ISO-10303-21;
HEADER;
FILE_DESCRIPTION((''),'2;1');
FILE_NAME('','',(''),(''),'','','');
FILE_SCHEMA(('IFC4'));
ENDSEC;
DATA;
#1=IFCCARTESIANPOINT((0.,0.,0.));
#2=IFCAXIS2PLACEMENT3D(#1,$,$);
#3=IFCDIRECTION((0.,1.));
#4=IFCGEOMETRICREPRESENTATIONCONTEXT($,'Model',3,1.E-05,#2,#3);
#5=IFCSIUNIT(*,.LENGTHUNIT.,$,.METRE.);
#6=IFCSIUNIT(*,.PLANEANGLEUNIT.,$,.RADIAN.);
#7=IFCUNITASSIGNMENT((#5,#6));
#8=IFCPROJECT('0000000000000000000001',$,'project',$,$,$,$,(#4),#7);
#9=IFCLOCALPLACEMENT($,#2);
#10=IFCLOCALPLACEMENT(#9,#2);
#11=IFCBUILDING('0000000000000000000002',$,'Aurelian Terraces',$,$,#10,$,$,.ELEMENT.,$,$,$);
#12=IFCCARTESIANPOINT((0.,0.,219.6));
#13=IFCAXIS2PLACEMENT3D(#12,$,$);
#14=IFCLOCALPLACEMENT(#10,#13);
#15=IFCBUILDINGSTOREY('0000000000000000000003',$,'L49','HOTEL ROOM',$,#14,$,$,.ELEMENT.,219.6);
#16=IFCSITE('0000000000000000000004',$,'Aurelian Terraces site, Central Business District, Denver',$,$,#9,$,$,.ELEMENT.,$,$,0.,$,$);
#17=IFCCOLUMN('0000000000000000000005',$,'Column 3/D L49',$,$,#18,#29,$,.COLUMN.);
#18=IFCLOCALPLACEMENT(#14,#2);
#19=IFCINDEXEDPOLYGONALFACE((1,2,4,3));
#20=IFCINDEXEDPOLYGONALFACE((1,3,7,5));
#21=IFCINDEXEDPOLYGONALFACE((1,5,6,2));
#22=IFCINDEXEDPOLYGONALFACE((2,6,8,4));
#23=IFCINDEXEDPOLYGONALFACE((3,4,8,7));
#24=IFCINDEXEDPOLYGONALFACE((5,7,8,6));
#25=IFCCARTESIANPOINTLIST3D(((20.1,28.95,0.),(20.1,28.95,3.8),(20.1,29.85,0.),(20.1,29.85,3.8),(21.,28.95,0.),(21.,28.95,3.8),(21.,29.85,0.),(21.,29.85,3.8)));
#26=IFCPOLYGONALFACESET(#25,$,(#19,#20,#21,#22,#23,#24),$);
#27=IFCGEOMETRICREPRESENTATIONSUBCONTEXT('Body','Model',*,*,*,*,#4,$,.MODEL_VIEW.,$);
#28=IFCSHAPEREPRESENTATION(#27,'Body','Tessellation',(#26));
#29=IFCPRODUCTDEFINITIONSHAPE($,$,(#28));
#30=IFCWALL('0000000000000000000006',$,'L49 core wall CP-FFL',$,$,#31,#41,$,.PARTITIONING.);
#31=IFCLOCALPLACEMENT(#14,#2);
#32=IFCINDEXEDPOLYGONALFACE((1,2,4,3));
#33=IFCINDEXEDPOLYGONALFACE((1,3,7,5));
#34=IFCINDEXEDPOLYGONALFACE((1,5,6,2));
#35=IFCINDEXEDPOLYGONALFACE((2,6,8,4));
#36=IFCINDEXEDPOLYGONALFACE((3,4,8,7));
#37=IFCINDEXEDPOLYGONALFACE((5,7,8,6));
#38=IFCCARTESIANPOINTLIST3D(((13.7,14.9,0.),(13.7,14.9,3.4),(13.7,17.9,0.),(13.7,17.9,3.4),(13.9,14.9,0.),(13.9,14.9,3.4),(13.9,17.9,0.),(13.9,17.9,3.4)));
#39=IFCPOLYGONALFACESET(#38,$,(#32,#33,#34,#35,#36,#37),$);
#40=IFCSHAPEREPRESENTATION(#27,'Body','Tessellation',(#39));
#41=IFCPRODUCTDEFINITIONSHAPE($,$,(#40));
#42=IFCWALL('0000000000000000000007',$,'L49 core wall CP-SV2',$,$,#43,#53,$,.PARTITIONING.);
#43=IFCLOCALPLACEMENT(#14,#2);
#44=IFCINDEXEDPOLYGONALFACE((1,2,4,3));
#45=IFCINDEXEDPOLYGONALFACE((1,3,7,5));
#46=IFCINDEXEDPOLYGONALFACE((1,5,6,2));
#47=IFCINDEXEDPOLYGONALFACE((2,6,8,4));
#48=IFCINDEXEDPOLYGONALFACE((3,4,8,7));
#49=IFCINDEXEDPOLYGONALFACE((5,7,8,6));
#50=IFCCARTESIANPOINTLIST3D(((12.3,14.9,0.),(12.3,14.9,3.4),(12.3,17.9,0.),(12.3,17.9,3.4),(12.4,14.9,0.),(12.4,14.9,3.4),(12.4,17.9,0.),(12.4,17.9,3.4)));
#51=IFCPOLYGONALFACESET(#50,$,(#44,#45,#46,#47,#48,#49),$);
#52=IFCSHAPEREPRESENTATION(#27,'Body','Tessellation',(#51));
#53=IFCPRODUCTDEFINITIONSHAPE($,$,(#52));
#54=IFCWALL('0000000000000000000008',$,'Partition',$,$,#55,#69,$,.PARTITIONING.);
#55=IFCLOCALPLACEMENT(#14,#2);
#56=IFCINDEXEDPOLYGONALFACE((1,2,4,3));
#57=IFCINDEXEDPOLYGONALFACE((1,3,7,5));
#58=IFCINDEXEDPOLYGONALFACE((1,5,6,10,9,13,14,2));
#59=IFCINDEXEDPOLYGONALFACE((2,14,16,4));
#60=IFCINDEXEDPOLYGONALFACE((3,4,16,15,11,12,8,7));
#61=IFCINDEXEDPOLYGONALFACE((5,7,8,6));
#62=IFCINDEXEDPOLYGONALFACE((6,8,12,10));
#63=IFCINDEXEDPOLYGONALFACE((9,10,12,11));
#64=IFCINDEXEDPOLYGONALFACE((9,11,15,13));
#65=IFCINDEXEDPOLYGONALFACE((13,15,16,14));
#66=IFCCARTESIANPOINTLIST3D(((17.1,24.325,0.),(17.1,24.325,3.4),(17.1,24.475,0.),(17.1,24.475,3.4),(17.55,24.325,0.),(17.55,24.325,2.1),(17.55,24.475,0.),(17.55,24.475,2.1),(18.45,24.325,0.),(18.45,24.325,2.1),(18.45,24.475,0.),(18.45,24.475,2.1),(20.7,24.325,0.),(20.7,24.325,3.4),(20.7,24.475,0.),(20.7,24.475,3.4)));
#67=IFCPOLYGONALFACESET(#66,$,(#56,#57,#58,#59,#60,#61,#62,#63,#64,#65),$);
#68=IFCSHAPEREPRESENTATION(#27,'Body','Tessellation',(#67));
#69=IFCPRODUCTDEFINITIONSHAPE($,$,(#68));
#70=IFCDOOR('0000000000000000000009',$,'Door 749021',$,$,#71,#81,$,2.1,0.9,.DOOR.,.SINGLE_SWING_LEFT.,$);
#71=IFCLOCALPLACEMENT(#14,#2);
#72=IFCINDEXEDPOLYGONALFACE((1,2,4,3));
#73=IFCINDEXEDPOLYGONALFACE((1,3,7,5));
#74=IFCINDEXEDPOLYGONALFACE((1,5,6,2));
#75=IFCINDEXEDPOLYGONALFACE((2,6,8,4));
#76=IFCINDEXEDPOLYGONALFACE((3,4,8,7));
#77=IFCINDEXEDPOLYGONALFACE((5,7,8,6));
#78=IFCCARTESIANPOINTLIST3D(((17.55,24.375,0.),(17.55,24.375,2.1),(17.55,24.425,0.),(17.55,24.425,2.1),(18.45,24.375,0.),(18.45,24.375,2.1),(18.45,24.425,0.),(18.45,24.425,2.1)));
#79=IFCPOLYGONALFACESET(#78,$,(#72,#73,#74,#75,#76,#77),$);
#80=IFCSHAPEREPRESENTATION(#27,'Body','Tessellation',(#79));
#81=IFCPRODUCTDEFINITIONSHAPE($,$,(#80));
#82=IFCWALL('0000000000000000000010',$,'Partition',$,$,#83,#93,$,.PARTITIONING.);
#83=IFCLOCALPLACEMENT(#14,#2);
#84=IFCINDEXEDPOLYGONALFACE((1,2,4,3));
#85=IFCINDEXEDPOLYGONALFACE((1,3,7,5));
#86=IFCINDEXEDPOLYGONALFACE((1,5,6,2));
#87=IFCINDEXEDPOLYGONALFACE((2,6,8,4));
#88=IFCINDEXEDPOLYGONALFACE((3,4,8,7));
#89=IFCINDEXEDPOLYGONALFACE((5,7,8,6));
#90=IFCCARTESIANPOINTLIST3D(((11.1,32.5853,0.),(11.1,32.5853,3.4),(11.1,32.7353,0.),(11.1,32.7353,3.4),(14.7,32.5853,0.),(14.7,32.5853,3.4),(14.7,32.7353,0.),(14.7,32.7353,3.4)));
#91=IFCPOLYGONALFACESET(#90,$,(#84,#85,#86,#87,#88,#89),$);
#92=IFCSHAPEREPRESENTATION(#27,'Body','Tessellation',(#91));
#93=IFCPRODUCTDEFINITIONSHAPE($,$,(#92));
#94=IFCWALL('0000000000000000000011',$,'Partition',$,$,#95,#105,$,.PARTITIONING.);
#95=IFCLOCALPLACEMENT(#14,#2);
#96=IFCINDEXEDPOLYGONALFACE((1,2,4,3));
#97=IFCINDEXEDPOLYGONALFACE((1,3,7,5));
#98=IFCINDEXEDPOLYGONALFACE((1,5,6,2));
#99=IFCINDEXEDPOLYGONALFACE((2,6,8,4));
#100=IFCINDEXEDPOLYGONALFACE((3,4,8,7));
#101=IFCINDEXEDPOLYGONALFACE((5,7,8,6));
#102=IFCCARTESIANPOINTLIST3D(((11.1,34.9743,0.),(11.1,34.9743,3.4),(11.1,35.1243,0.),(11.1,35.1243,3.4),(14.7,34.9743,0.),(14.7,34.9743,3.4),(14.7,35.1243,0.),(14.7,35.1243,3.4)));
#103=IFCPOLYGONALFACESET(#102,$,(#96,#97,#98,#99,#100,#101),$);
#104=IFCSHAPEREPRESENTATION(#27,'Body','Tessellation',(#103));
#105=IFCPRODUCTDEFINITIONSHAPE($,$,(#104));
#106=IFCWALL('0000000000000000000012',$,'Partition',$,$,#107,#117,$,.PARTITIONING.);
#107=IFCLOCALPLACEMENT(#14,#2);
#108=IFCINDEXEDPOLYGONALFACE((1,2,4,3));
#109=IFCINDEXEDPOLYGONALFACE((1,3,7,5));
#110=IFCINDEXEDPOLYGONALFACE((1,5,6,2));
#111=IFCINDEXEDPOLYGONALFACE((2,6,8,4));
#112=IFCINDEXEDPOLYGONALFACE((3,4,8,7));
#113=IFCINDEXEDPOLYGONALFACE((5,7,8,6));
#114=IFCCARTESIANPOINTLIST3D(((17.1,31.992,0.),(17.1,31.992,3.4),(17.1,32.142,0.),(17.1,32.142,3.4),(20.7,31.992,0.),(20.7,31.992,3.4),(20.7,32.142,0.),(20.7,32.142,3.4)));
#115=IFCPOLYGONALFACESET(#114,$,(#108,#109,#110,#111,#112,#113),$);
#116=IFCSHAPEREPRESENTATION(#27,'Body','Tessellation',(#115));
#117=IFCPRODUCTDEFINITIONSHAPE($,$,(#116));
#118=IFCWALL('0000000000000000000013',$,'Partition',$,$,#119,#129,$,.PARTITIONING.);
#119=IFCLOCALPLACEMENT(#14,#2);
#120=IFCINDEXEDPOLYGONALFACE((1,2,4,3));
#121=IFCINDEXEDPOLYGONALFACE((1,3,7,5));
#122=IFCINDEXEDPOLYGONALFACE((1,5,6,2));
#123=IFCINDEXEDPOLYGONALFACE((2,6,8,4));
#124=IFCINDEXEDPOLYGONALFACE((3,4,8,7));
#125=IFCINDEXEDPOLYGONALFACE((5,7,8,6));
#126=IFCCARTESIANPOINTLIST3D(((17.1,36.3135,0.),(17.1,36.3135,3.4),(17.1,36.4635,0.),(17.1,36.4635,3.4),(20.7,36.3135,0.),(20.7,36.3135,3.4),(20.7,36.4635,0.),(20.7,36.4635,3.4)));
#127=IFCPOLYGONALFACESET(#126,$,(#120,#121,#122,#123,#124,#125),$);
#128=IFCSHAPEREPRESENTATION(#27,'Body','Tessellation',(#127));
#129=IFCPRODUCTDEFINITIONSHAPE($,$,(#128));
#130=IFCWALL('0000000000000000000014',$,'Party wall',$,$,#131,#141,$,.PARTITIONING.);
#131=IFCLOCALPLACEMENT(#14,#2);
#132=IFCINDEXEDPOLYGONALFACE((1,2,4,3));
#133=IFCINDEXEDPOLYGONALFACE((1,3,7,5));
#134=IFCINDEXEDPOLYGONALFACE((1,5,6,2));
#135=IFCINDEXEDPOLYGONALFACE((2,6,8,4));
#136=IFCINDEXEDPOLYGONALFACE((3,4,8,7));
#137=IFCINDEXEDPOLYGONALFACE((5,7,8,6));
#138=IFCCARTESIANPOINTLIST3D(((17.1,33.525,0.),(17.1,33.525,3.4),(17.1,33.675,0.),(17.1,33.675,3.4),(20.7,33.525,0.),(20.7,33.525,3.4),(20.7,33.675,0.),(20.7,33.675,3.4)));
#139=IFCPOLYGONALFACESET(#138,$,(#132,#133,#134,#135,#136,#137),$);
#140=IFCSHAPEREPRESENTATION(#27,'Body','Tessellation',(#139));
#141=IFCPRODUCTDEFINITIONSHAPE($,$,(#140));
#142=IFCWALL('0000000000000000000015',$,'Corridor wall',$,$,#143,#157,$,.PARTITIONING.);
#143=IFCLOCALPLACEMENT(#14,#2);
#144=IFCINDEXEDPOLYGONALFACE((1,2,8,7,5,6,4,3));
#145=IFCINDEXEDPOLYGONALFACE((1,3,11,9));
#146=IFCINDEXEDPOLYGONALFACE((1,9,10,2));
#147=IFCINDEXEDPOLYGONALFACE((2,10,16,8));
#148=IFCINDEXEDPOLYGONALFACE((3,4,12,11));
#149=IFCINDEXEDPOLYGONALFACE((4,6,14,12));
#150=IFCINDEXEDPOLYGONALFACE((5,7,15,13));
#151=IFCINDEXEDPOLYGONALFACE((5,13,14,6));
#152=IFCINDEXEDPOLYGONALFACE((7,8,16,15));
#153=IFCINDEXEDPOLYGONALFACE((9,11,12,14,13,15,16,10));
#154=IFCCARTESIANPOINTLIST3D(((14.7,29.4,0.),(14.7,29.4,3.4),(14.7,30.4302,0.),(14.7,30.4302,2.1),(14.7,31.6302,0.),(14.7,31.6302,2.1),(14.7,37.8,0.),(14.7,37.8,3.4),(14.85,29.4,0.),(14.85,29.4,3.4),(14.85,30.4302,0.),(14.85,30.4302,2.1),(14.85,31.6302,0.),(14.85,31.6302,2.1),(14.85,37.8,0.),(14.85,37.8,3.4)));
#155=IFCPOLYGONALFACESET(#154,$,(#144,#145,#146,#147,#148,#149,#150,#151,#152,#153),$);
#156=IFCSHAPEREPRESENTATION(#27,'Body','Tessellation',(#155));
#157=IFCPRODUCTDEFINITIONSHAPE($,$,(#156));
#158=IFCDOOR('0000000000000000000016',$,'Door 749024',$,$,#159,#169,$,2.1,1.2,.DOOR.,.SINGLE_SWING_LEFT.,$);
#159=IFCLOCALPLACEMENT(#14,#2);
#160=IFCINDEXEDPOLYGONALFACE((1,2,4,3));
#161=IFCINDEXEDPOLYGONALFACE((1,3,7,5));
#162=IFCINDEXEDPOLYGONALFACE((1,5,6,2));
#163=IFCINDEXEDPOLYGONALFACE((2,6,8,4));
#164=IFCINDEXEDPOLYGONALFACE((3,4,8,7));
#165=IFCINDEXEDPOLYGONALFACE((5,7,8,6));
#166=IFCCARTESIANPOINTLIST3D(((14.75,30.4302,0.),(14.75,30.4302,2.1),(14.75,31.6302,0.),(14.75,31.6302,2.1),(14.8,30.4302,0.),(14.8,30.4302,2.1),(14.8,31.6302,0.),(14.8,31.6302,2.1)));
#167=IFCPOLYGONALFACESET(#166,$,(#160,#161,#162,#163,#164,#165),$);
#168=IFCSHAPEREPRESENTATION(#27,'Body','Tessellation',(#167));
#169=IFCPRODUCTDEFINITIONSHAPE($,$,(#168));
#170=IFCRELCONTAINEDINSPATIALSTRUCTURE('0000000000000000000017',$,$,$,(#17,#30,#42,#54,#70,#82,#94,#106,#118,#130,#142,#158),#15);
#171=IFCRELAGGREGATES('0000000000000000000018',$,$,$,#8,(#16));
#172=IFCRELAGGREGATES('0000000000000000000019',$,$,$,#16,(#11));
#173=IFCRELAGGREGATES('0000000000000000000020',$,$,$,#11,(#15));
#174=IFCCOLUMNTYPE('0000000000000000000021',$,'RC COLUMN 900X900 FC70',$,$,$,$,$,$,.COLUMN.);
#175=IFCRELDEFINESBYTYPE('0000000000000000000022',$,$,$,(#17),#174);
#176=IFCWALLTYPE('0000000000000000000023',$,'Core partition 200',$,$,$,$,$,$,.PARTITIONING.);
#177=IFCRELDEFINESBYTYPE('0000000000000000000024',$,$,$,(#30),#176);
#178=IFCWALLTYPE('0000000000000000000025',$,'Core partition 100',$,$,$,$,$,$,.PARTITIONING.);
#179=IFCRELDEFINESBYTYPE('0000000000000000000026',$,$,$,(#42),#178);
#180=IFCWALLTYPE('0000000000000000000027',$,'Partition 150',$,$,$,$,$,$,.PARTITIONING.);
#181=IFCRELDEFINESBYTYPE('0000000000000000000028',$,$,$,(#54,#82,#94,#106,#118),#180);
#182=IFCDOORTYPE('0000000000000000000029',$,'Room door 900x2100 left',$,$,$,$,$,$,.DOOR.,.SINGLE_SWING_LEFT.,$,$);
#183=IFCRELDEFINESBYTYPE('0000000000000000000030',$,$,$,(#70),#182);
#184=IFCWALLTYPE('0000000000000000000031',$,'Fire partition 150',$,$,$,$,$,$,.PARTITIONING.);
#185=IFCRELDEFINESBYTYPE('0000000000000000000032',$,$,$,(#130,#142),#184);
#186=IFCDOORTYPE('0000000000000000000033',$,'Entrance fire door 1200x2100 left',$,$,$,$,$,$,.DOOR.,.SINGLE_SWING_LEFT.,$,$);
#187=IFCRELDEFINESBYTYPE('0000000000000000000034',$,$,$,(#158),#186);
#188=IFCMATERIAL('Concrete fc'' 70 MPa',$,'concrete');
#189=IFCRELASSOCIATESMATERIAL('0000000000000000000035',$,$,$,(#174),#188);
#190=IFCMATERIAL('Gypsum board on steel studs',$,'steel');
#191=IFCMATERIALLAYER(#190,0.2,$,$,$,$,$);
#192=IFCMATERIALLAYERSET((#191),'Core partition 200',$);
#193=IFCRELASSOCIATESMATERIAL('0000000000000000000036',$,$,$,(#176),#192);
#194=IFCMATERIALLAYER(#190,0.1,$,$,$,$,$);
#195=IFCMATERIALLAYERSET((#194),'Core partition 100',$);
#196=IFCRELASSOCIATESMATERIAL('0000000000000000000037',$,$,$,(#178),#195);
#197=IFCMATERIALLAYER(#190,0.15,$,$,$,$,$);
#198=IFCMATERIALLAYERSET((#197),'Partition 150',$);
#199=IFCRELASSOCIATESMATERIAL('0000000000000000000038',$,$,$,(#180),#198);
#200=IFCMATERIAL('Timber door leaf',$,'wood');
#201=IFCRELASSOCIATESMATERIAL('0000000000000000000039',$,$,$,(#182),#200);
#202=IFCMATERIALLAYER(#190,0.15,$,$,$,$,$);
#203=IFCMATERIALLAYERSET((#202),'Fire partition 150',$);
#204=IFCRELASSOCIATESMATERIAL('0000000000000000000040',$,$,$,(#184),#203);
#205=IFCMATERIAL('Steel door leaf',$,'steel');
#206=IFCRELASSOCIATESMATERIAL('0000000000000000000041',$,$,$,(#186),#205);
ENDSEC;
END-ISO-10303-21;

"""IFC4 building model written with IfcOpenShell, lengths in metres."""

from ifc_helpers import new_model, si_unit, direction, frame, frame_2d, origin, origin_2d, place, context, subcontext, project, spatial, rectangle, extrude, source, transform, mapped, material, layer, layer_set, material_profile, profile_set, type_object, element, fill, save


model = new_model("IFC4")

# Units and contexts
model_context = context("Model", 3, precision=1e-05, world=origin(), true_north=direction((0.0, 1.0)))
body_context = subcontext(model_context, "Body", "Model", "MODEL_VIEW")
ifc_project = project(units=[si_unit("LENGTHUNIT", "METRE"), si_unit("PLANEANGLEUNIT", "RADIAN")], contexts=[model_context])

# Site, building, storey
site_placement = place(None, origin())
site = spatial("IfcSite", under=ifc_project, at=site_placement, Name="Aurelian Terraces site, Central Business District, Denver", CompositionType="ELEMENT", RefElevation=0.0)
building_placement = place(site_placement, origin())
building = spatial("IfcBuilding", under=site, at=building_placement, Name="Aurelian Terraces", CompositionType="ELEMENT")
storey_placement = place(building_placement, frame((0.0, 0.0, 219.6)))
storey = spatial("IfcBuildingStorey", under=building, at=storey_placement, Name="L49", Description="HOTEL ROOM", CompositionType="ELEMENT", Elevation=219.6)

# Column
ifc_material_1 = material(Name="Concrete fc' 70 MPa", Category="concrete")
ifc_material_profile = material_profile(ifc_material_1, rectangle(XDim=0.9, YDim=0.9, at=origin_2d()))
ifc_profile_set = profile_set([ifc_material_profile], Name="Concrete fc' 70 MPa")
column_type = type_object("IfcColumnType", Name="RC COLUMN 900X900 FC70", PredefinedType="COLUMN", material=ifc_profile_set)
shared_shape_1 = source(origin(), body_context, "Body", "SweptSolid", [
    extrude(rectangle(XDim=0.9, YDim=0.9, at=origin_2d()), origin(), (0.0, 0.0, 1.0), 3.8),
])
column_placement = place(storey_placement, frame((20.55, 29.4, 0.0), z_axis=(0.0, 0.0, 1.0), x_axis=(1.0, 0.0, 0.0)))
element("IfcColumn", 1, at=column_placement, inside=storey, type_object=column_type, Name="Column 3/D L49", PredefinedType="COLUMN", context=body_context, shape_type="MappedRepresentation", body=[
    mapped(shared_shape_1, transform((0.0, 0.0, 0.0), scale=1.0)),
])

# Walls
ifc_material_2 = material(Name="Gypsum board on steel studs", Category="steel")
ifc_layer_1 = layer(ifc_material_2, 0.2)
ifc_layer_set_1 = layer_set([ifc_layer_1], Name="Core partition 200")
wall_type_1 = type_object("IfcWallType", Name="Core partition 200", PredefinedType="PARTITIONING", material=ifc_layer_set_1)
shared_shape_2 = source(origin(), body_context, "Body", "SweptSolid", [
    extrude(rectangle(XDim=3.0, YDim=0.2, at=frame_2d((1.5, 0.0))), origin(), (0.0, 0.0, 1.0), 3.4),
])
wall_1_placement = place(storey_placement, frame((13.8, 14.9, 0.0), z_axis=(0.0, 0.0, 1.0), x_axis=(0.0, 1.0, 0.0)))
element("IfcWall", 2, at=wall_1_placement, inside=storey, type_object=wall_type_1, Name="L49 core wall CP-FFL", PredefinedType="PARTITIONING", context=body_context, shape_type="MappedRepresentation", body=[
    mapped(shared_shape_2, transform((0.0, 0.0, 0.0), scale=1.0)),
])
ifc_layer_2 = layer(ifc_material_2, 0.1)
ifc_layer_set_2 = layer_set([ifc_layer_2], Name="Core partition 100")
wall_type_2 = type_object("IfcWallType", Name="Core partition 100", PredefinedType="PARTITIONING", material=ifc_layer_set_2)
shared_shape_3 = source(origin(), body_context, "Body", "SweptSolid", [
    extrude(rectangle(XDim=3.0, YDim=0.1, at=frame_2d((1.5, 0.0))), origin(), (0.0, 0.0, 1.0), 3.4),
])
wall_2_placement = place(storey_placement, frame((12.35, 14.9, 0.0), z_axis=(0.0, 0.0, 1.0), x_axis=(0.0, 1.0, 0.0)))
element("IfcWall", 3, at=wall_2_placement, inside=storey, type_object=wall_type_2, Name="L49 core wall CP-SV2", PredefinedType="PARTITIONING", context=body_context, shape_type="MappedRepresentation", body=[
    mapped(shared_shape_3, transform((0.0, 0.0, 0.0), scale=1.0)),
])

# Wall, opening, door
ifc_layer_3 = layer(ifc_material_2, 0.15)
ifc_layer_set_3 = layer_set([ifc_layer_3], Name="Partition 150")
wall_type_3 = type_object("IfcWallType", Name="Partition 150", PredefinedType="PARTITIONING", material=ifc_layer_set_3)
shared_shape_4 = source(origin(), body_context, "Body", "SweptSolid", [
    extrude(rectangle(XDim=3.6, YDim=0.15, at=frame_2d((1.8, 0.0))), origin(), (0.0, 0.0, 1.0), 3.4),
])
wall_3_placement = place(storey_placement, frame((17.1, 24.4, 0.0), z_axis=(0.0, 0.0, 1.0), x_axis=(1.0, 0.0, 0.0)))
wall_3 = element("IfcWall", 4, at=wall_3_placement, inside=storey, type_object=wall_type_3, Name="Partition", PredefinedType="PARTITIONING", context=body_context, shape_type="MappedRepresentation", body=[
    mapped(shared_shape_4, transform((0.0, 0.0, 0.0), scale=1.0)),
])
shared_shape_5 = source(origin(), body_context, "Body", "SweptSolid", [
    extrude(rectangle(XDim=0.9, YDim=2.1, at=frame_2d((0.45, 1.05))), frame((0.0, 0.085, 0.0), z_axis=(0.0, -1.0, 0.0), x_axis=(1.0, 0.0, 0.0)), (0.0, 0.0, 1.0), 0.17),
])
opening_1_placement = place(wall_3_placement, frame((0.45, 0.0, 0.0)))
opening_1 = element("IfcOpeningElement", 5, at=opening_1_placement, cuts=wall_3, PredefinedType="OPENING", context=body_context, shape_type="MappedRepresentation", body=[
    mapped(shared_shape_5, transform((0.0, 0.0, 0.0), scale=1.0)),
])
ifc_material_3 = material(Name="Timber door leaf", Category="wood")
door_type_1 = type_object("IfcDoorType", Name="Room door 900x2100 left", OperationType="SINGLE_SWING_LEFT", PredefinedType="DOOR", material=ifc_material_3)
shared_shape_6 = source(origin(), body_context, "Body", "SweptSolid", [
    extrude(rectangle(XDim=0.9, YDim=2.1, at=frame_2d((0.45, 1.05))), frame((0.0, 0.025, 0.0), z_axis=(0.0, -1.0, 0.0), x_axis=(1.0, 0.0, 0.0)), (0.0, 0.0, 1.0), 0.05),
])
door_1_placement = place(opening_1_placement, origin())
door_1 = element("IfcDoor", 6, at=door_1_placement, inside=storey, type_object=door_type_1, Name="Door 749021", OperationType="SINGLE_SWING_LEFT", OverallHeight=2.1, OverallWidth=0.9, PredefinedType="DOOR", context=body_context, shape_type="MappedRepresentation", body=[
    mapped(shared_shape_6, transform((0.0, 0.0, 0.0), scale=1.0)),
])
fill(opening_1, door_1)

# Walls
for number, where, z_axis, x_axis, name in (
    (7, (14.7, 32.6603, 0.0), (0.0, 0.0, 1.0), (-1.0, 0.0, 0.0), "Partition"),
    (8, (14.7, 35.0493, 0.0), (0.0, 0.0, 1.0), (-1.0, 0.0, 0.0), "Partition"),
    (9, (17.1, 32.067, 0.0), (0.0, 0.0, 1.0), (1.0, 0.0, 0.0), "Partition"),
    (10, (17.1, 36.3885, 0.0), (0.0, 0.0, 1.0), (1.0, 0.0, 0.0), "Partition"),
):
    element("IfcWall", number, at=place(storey_placement, frame(where, z_axis=z_axis, x_axis=x_axis)), inside=storey, type_object=wall_type_3, Name=name, PredefinedType="PARTITIONING", context=body_context, shape_type="MappedRepresentation", body=[
        mapped(shared_shape_4, transform((0.0, 0.0, 0.0), scale=1.0)),
    ])
ifc_layer_4 = layer(ifc_material_2, 0.15)
ifc_layer_set_4 = layer_set([ifc_layer_4], Name="Fire partition 150")
wall_type_4 = type_object("IfcWallType", Name="Fire partition 150", PredefinedType="PARTITIONING", material=ifc_layer_set_4)
wall_4_placement = place(storey_placement, frame((20.7, 33.6, 0.0), z_axis=(0.0, 0.0, 1.0), x_axis=(-1.0, 0.0, 0.0)))
element("IfcWall", 11, at=wall_4_placement, inside=storey, type_object=wall_type_4, Name="Party wall", PredefinedType="PARTITIONING", context=body_context, shape_type="MappedRepresentation", body=[
    mapped(shared_shape_4, transform((0.0, 0.0, 0.0), scale=1.0)),
])

# Wall, opening, door
shared_shape_7 = source(origin(), body_context, "Body", "SweptSolid", [
    extrude(rectangle(XDim=8.4, YDim=0.15, at=frame_2d((4.2, 0.0))), origin(), (0.0, 0.0, 1.0), 3.4),
])
wall_5_placement = place(storey_placement, frame((14.775, 29.4, 0.0), z_axis=(0.0, 0.0, 1.0), x_axis=(0.0, 1.0, 0.0)))
wall_5 = element("IfcWall", 12, at=wall_5_placement, inside=storey, type_object=wall_type_4, Name="Corridor wall", PredefinedType="PARTITIONING", context=body_context, shape_type="MappedRepresentation", body=[
    mapped(shared_shape_7, transform((0.0, 0.0, 0.0), scale=1.0)),
])
shared_shape_8 = source(origin(), body_context, "Body", "SweptSolid", [
    extrude(rectangle(XDim=1.2, YDim=2.1, at=frame_2d((0.6, 1.05))), frame((0.0, 0.085, 0.0), z_axis=(0.0, -1.0, 0.0), x_axis=(1.0, 0.0, 0.0)), (0.0, 0.0, 1.0), 0.17),
])
opening_2_placement = place(wall_5_placement, frame((1.0302, 0.0, 0.0)))
opening_2 = element("IfcOpeningElement", 13, at=opening_2_placement, cuts=wall_5, PredefinedType="OPENING", context=body_context, shape_type="MappedRepresentation", body=[
    mapped(shared_shape_8, transform((0.0, 0.0, 0.0), scale=1.0)),
])
ifc_material_4 = material(Name="Steel door leaf", Category="steel")
door_type_2 = type_object("IfcDoorType", Name="Entrance fire door 1200x2100 left", OperationType="SINGLE_SWING_LEFT", PredefinedType="DOOR", material=ifc_material_4)
shared_shape_9 = source(origin(), body_context, "Body", "SweptSolid", [
    extrude(rectangle(XDim=1.2, YDim=2.1, at=frame_2d((0.6, 1.05))), frame((0.0, 0.025, 0.0), z_axis=(0.0, -1.0, 0.0), x_axis=(1.0, 0.0, 0.0)), (0.0, 0.0, 1.0), 0.05),
])
door_2_placement = place(opening_2_placement, origin())
door_2 = element("IfcDoor", 14, at=door_2_placement, inside=storey, type_object=door_type_2, Name="Door 749024", OperationType="SINGLE_SWING_LEFT", OverallHeight=2.1, OverallWidth=1.2, PredefinedType="DOOR", context=body_context, shape_type="MappedRepresentation", body=[
    mapped(shared_shape_9, transform((0.0, 0.0, 0.0), scale=1.0)),
])
fill(opening_2, door_2)

save(model, "model.ifc")
